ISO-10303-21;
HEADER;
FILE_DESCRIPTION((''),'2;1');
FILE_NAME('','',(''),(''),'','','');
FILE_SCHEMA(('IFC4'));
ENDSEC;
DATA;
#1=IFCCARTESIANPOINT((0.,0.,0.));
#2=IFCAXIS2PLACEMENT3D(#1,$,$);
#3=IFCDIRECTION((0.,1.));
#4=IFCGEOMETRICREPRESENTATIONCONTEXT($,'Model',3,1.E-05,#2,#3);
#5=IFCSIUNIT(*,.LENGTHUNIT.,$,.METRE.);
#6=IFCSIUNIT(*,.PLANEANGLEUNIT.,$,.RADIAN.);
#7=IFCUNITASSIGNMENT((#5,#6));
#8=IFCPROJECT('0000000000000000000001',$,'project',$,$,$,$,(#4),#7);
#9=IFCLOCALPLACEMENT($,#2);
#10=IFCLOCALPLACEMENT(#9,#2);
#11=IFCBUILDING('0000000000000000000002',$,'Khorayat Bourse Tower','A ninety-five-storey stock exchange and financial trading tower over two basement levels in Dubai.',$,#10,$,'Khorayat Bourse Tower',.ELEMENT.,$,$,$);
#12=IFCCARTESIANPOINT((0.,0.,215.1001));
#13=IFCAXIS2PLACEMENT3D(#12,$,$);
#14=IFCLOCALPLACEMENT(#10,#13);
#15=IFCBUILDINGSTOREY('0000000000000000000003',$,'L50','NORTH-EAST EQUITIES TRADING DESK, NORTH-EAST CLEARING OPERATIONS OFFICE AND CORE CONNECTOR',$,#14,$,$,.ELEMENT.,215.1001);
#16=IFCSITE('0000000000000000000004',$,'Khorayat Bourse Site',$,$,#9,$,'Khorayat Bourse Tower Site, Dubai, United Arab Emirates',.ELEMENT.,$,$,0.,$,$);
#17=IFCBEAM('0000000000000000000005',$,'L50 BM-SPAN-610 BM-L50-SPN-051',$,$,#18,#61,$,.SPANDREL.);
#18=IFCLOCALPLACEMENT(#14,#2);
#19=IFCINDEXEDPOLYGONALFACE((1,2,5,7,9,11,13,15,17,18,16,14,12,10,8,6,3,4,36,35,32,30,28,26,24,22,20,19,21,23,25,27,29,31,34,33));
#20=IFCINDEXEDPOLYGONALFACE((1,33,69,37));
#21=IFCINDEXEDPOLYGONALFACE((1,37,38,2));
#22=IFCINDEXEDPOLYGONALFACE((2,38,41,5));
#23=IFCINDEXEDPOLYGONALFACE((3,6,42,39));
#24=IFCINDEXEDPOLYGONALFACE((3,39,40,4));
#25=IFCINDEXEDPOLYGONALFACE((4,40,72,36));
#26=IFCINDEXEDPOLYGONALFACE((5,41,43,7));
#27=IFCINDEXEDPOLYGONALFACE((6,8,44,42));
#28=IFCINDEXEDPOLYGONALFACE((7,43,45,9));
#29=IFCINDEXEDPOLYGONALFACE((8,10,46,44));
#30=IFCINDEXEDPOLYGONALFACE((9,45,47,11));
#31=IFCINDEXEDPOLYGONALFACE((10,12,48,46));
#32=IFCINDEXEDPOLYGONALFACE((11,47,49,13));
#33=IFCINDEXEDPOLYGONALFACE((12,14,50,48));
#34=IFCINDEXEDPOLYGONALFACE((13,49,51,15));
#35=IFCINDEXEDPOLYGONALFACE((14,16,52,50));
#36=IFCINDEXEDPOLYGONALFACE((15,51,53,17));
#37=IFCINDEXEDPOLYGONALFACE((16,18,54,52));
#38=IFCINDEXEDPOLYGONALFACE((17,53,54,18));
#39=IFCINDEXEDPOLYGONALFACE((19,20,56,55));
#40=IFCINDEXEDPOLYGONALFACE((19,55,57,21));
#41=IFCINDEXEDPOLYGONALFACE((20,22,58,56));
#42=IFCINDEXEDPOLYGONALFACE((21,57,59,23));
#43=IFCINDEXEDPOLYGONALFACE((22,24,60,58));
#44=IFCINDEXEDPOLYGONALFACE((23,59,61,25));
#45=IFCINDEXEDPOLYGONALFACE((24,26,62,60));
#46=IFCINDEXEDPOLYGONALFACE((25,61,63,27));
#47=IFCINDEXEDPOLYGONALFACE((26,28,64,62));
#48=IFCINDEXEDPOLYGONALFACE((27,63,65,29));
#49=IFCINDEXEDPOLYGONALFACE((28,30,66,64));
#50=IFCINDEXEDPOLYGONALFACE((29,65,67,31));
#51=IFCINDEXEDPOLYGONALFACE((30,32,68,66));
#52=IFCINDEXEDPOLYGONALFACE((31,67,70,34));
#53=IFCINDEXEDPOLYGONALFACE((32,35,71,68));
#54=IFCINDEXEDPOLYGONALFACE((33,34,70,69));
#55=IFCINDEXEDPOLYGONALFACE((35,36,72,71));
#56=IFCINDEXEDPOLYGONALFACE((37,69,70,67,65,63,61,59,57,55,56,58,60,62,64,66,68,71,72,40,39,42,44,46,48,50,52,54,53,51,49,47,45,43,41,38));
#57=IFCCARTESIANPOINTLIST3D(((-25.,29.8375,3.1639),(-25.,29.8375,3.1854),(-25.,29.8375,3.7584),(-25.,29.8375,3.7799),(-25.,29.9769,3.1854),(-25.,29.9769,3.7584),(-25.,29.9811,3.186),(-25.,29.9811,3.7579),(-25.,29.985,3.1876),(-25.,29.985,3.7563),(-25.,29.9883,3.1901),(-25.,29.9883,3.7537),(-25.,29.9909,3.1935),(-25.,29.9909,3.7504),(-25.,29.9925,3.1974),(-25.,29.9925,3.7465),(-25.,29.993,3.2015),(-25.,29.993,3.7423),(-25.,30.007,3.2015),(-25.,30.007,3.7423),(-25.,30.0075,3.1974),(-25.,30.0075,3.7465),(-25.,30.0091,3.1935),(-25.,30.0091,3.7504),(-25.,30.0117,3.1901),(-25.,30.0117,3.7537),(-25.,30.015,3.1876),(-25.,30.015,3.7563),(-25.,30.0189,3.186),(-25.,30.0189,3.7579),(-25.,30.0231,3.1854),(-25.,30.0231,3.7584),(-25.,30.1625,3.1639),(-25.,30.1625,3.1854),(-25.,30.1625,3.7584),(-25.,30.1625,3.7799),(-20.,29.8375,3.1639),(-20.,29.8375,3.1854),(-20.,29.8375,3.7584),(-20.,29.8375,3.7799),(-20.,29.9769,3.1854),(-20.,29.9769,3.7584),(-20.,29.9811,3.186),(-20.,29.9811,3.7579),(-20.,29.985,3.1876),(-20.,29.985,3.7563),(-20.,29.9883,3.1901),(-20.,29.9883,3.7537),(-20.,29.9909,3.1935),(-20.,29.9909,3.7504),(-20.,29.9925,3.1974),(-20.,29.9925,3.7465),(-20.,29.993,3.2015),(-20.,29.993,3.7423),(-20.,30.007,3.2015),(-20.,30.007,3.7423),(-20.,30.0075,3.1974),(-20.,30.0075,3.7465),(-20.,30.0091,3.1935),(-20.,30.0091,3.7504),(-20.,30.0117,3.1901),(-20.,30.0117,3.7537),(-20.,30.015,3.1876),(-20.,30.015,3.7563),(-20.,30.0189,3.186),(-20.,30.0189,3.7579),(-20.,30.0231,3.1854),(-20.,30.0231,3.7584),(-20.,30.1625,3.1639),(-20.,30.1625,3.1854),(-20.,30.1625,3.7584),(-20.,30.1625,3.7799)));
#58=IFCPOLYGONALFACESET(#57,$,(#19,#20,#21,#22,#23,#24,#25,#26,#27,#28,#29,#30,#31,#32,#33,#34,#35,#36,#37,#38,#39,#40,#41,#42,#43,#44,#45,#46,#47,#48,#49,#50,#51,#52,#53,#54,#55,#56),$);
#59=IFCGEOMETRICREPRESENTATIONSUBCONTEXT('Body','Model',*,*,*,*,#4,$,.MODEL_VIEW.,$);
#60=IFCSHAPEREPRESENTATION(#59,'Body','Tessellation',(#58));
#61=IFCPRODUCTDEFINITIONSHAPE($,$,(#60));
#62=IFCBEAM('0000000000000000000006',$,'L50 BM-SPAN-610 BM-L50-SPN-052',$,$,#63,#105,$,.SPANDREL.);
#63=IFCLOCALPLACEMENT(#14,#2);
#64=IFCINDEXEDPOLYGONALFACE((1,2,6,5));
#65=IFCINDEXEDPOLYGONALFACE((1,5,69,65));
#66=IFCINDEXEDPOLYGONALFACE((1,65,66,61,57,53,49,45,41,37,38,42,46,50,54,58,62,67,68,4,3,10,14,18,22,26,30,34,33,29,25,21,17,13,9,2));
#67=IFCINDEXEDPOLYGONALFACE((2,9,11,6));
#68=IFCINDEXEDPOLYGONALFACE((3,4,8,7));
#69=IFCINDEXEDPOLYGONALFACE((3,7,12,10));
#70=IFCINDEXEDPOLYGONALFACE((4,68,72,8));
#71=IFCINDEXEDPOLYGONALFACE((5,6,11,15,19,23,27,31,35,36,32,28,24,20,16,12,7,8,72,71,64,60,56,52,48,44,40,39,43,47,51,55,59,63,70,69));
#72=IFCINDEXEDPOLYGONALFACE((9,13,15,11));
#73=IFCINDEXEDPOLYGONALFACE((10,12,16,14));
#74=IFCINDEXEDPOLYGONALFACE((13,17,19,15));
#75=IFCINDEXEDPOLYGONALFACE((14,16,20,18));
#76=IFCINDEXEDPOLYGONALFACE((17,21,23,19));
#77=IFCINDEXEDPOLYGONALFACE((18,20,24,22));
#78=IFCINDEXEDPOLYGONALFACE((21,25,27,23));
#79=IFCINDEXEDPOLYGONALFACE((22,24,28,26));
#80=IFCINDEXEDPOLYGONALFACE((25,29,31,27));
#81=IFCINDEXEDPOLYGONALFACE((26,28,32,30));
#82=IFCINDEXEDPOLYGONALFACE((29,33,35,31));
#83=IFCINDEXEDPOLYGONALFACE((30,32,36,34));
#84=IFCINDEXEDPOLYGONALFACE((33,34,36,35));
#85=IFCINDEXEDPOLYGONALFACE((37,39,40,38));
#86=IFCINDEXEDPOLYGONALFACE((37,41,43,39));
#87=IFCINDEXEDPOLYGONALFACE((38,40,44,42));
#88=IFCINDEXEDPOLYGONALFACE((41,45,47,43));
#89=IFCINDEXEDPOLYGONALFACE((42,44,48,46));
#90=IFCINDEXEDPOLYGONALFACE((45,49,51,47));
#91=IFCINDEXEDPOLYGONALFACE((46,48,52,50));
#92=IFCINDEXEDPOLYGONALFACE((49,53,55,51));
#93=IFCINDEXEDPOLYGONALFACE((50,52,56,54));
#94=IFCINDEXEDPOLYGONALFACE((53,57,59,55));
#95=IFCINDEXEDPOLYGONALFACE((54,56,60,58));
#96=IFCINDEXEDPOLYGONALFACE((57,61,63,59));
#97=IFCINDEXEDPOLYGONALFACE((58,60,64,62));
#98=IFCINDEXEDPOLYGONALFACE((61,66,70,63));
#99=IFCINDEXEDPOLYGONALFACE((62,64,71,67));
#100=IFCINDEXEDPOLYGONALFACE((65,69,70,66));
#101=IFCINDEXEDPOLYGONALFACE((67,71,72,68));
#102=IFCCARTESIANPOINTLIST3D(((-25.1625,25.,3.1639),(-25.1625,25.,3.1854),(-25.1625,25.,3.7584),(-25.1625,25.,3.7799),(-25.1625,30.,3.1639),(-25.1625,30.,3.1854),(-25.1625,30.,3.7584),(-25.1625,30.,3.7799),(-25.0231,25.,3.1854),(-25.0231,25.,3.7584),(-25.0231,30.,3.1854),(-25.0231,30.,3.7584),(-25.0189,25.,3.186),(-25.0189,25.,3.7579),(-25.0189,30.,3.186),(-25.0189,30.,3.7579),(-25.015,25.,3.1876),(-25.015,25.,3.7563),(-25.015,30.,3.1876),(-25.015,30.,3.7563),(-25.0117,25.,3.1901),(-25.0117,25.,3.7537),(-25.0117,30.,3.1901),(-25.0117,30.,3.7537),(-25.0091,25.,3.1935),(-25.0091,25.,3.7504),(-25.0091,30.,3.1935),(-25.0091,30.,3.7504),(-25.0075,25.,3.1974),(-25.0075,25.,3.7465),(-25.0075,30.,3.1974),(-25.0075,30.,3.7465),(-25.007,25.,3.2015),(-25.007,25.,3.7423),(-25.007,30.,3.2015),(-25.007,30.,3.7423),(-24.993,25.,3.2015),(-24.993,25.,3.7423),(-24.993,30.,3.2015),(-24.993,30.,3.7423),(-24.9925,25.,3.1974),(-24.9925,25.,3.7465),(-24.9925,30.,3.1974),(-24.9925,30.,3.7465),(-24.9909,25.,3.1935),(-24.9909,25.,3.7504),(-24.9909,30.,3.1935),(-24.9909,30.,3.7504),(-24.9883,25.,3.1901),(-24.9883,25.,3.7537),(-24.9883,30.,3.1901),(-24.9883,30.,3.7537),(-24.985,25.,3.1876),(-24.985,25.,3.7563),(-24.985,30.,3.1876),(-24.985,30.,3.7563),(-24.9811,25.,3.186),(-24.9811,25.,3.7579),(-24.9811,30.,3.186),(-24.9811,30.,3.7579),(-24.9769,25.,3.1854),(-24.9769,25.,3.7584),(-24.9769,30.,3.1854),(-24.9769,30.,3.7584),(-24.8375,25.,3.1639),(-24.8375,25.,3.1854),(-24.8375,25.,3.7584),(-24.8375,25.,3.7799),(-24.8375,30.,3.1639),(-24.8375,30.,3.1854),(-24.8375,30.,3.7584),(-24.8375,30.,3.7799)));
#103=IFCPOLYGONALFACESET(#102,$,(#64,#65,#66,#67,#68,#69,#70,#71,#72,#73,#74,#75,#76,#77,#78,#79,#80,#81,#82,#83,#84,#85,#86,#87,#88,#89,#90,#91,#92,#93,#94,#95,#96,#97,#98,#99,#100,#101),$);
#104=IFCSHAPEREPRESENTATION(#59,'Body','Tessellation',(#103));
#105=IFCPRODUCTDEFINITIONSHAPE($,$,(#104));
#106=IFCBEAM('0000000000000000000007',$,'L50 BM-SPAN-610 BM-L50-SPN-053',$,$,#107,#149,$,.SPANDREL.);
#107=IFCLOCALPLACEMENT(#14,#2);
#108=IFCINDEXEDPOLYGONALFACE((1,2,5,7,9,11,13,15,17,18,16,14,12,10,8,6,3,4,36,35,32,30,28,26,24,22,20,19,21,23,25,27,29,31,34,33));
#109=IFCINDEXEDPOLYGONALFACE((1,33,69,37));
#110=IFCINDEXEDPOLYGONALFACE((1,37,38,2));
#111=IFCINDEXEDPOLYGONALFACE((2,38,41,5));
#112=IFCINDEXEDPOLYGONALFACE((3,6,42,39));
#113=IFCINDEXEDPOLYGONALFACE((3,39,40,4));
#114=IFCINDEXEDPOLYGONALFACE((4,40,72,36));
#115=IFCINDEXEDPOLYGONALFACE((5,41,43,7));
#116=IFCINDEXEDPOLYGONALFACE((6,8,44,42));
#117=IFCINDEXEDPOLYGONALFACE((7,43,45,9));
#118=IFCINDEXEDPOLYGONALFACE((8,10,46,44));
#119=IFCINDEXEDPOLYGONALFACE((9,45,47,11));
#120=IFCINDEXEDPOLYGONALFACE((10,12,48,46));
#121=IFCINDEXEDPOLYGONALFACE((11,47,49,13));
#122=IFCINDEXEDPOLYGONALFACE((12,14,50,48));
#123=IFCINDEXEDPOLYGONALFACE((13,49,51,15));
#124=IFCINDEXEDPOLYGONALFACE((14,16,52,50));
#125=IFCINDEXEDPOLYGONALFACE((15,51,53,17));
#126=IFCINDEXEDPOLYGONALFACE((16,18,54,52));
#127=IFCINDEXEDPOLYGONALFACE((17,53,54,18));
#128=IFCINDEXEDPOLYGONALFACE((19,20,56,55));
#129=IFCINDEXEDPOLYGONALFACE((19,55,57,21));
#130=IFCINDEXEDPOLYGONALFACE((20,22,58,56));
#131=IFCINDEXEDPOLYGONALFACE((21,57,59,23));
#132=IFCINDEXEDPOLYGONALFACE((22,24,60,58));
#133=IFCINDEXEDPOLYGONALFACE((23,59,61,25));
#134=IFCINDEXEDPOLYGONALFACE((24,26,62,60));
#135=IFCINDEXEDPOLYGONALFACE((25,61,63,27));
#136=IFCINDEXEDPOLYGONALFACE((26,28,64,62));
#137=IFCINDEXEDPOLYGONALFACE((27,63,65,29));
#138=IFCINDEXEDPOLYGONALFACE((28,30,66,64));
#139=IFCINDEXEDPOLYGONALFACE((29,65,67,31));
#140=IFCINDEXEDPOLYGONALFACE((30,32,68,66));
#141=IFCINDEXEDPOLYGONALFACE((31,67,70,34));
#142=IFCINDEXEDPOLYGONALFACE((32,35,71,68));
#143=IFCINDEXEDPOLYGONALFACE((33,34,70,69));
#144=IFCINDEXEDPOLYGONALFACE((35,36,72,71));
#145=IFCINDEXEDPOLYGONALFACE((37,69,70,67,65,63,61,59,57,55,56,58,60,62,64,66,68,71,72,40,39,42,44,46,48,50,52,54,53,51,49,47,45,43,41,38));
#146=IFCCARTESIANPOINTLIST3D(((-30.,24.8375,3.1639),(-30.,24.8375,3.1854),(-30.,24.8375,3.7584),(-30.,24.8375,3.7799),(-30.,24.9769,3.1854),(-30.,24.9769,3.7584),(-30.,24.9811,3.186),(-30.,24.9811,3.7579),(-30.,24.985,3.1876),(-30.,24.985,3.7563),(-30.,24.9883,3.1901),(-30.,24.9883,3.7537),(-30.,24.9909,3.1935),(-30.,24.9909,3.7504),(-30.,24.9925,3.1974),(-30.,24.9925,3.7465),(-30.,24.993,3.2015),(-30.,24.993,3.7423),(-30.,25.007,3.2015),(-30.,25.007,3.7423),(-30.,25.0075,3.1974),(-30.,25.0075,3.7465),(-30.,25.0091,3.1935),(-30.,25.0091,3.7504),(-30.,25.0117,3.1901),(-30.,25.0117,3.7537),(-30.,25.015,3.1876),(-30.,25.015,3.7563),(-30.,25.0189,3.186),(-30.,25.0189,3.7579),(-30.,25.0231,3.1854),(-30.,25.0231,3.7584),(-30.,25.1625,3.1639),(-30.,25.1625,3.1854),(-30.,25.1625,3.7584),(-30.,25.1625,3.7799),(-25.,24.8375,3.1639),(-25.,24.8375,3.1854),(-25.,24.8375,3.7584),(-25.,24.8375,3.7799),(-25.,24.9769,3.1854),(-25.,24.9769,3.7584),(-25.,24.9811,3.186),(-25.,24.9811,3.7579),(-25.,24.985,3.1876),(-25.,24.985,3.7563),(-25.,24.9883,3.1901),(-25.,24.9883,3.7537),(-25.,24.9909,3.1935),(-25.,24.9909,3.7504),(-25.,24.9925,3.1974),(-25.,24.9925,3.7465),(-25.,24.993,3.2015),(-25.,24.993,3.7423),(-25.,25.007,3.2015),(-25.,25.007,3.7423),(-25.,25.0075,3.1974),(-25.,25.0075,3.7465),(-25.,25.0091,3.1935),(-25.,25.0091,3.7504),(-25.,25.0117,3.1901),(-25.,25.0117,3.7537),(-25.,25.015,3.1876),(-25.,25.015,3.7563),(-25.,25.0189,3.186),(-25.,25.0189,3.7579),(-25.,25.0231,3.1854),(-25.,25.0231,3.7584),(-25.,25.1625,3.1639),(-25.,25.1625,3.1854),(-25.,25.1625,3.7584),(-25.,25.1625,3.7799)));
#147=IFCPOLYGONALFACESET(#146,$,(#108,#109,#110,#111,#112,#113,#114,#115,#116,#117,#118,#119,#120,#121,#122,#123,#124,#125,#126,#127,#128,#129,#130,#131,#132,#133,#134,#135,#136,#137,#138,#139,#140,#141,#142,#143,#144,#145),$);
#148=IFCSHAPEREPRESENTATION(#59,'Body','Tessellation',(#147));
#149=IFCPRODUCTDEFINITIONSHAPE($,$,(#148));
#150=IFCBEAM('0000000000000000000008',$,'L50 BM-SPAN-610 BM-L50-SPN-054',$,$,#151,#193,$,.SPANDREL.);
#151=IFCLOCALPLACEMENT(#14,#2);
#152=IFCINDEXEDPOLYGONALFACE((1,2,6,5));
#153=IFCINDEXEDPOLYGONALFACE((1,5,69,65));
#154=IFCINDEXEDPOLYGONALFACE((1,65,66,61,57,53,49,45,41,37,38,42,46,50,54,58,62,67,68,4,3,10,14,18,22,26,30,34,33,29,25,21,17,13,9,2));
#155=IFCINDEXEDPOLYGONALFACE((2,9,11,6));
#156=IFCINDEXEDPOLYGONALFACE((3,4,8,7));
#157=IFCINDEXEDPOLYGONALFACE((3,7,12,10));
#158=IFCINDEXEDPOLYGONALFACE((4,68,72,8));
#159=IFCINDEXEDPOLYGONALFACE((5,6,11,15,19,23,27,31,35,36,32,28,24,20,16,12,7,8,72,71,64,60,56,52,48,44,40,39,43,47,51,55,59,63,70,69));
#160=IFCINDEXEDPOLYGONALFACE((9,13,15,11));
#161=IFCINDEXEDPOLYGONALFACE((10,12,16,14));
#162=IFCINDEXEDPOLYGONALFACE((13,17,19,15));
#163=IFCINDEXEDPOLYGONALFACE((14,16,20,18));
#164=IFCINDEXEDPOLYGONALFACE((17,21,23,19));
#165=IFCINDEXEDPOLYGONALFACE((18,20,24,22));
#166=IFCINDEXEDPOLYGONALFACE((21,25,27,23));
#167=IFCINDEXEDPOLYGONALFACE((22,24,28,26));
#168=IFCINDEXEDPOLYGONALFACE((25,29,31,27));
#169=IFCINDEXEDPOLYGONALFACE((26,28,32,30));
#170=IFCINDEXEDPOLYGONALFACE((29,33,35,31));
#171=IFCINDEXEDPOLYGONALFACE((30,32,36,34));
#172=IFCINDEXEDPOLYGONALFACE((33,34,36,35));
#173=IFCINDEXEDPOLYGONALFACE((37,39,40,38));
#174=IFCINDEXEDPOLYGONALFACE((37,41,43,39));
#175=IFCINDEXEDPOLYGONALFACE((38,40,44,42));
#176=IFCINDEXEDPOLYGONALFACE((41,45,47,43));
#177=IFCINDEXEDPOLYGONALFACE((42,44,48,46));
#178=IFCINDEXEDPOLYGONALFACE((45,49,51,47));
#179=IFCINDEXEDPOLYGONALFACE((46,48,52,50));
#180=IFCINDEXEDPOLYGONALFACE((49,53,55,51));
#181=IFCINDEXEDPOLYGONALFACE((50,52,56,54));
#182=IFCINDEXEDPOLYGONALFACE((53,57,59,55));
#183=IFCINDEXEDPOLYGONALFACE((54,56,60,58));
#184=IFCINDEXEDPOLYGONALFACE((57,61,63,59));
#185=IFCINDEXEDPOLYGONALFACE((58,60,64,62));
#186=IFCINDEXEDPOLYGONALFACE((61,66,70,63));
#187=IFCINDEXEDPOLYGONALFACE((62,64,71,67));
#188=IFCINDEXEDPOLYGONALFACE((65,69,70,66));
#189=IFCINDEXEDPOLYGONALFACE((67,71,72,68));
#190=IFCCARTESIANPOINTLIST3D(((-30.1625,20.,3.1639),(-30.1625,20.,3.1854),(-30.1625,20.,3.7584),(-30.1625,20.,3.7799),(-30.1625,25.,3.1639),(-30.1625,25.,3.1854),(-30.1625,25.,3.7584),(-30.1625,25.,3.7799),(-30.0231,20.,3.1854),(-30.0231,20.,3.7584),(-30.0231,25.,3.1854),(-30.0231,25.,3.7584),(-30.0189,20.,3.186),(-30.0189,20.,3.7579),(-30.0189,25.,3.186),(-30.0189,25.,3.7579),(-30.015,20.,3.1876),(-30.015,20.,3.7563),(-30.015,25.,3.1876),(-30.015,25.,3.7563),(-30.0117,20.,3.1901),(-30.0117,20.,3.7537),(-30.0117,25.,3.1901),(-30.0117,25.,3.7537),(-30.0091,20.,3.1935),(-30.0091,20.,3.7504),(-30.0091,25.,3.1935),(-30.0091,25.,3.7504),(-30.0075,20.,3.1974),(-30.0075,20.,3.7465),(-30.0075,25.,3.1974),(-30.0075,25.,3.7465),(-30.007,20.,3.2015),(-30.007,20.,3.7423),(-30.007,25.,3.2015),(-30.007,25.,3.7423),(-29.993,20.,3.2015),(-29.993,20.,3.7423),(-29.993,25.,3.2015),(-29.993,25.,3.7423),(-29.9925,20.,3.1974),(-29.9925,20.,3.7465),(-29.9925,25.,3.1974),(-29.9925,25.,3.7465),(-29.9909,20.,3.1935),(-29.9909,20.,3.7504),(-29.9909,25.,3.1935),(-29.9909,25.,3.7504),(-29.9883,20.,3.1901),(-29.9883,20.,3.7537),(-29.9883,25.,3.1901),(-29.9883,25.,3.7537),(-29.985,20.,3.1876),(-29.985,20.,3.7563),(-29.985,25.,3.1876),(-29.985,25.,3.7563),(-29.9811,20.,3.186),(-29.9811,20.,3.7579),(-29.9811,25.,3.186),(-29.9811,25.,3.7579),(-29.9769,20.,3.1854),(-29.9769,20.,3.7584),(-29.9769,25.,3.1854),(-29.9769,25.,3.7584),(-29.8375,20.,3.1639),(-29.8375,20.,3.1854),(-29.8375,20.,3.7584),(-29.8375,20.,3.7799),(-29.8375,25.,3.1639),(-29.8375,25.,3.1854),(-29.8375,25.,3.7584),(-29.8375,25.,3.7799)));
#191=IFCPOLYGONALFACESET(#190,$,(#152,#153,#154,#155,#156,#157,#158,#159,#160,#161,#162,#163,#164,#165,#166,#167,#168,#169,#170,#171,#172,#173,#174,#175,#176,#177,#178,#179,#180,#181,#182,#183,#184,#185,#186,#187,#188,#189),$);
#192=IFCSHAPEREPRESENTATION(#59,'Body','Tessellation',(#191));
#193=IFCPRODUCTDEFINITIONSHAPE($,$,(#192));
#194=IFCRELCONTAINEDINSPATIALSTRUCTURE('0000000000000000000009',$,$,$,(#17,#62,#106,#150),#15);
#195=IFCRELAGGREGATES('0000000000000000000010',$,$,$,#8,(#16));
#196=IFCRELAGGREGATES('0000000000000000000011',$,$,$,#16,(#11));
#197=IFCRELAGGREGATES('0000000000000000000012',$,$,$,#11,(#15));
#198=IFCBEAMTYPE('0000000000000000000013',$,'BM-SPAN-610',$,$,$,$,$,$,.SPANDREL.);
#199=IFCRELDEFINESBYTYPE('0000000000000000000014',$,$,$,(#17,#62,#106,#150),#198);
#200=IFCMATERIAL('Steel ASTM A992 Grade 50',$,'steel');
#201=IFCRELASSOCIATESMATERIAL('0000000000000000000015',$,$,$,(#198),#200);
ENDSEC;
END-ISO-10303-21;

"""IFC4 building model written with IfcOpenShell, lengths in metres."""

from ifc_helpers import new_model, si_unit, direction, frame, origin, origin_2d, place, context, subcontext, project, spatial, i_section, extrude, source, transform, mapped, material, material_profile, profile_set, type_object, element, save


model = new_model("IFC4")

# Units and contexts
model_context = context("Model", 3, precision=1e-05, world=origin(), true_north=direction((0.0, 1.0)))
body_context = subcontext(model_context, "Body", "Model", "MODEL_VIEW")
ifc_project = project(units=[si_unit("LENGTHUNIT", "METRE"), si_unit("PLANEANGLEUNIT", "RADIAN")], contexts=[model_context])

# Site, building, storey
site_placement = place(None, origin())
site = spatial("IfcSite", under=ifc_project, at=site_placement, Name="Khorayat Bourse Site", LongName="Khorayat Bourse Tower Site, Dubai, United Arab Emirates", CompositionType="ELEMENT", RefElevation=0.0)
building_placement = place(site_placement, origin())
building = spatial("IfcBuilding", under=site, at=building_placement, Name="Khorayat Bourse Tower", Description="A ninety-five-storey stock exchange and financial trading tower over two basement levels in Dubai.", LongName="Khorayat Bourse Tower", CompositionType="ELEMENT")
storey_placement = place(building_placement, frame((0.0, 0.0, 215.1001)))
storey = spatial("IfcBuildingStorey", under=building, at=storey_placement, Name="L50", Description="NORTH-EAST EQUITIES TRADING DESK, NORTH-EAST CLEARING OPERATIONS OFFICE AND CORE CONNECTOR", CompositionType="ELEMENT", Elevation=215.1001)

# Beams
ifc_material_1 = material(Name="Steel ASTM A992 Grade 50", Category="steel")
ifc_material_profile_1 = material_profile(ifc_material_1, i_section(OverallWidth=0.325, OverallDepth=0.616, WebThickness=0.0139, FlangeThickness=0.0215, FilletRadius=0.0161, at=origin_2d()), Name="W610X174")
ifc_profile_set_1 = profile_set([ifc_material_profile_1], Name="Steel ASTM A992 Grade 50")
beam_type_1 = type_object("IfcBeamType", Name="BM-SPAN-610", PredefinedType="SPANDREL", material=ifc_profile_set_1)
shared_shape_1 = source(origin(), body_context, "Body", "SweptSolid", [
    extrude(i_section(OverallWidth=0.325, OverallDepth=0.616, WebThickness=0.0139, FlangeThickness=0.0215, FilletRadius=0.0161, at=origin_2d()), origin(), (0.0, 0.0, 1.0), 5.0),
])
for number, where, z_axis, x_axis, name in (
    (1, (-25.0, 30.0, 3.4719), (1.0, 0.0, 0.0), (0.0, 1.0, 0.0), "L50 BM-SPAN-610 BM-L50-SPN-051"),
    (2, (-25.0, 25.0, 3.4719), (0.0, 1.0, 0.0), (-1.0, 0.0, 0.0), "L50 BM-SPAN-610 BM-L50-SPN-052"),
    (3, (-30.0, 25.0, 3.4719), (1.0, 0.0, 0.0), (0.0, 1.0, 0.0), "L50 BM-SPAN-610 BM-L50-SPN-053"),
    (4, (-30.0, 20.0, 3.4719), (0.0, 1.0, 0.0), (-1.0, 0.0, 0.0), "L50 BM-SPAN-610 BM-L50-SPN-054"),
):
    element("IfcBeam", number, at=place(storey_placement, frame(where, z_axis=z_axis, x_axis=x_axis)), inside=storey, type_object=beam_type_1, Name=name, PredefinedType="SPANDREL", context=body_context, shape_type="MappedRepresentation", body=[
        mapped(shared_shape_1, transform((0.0, 0.0, 0.0), scale=1.0)),
    ])

save(model, "model.ifc")
